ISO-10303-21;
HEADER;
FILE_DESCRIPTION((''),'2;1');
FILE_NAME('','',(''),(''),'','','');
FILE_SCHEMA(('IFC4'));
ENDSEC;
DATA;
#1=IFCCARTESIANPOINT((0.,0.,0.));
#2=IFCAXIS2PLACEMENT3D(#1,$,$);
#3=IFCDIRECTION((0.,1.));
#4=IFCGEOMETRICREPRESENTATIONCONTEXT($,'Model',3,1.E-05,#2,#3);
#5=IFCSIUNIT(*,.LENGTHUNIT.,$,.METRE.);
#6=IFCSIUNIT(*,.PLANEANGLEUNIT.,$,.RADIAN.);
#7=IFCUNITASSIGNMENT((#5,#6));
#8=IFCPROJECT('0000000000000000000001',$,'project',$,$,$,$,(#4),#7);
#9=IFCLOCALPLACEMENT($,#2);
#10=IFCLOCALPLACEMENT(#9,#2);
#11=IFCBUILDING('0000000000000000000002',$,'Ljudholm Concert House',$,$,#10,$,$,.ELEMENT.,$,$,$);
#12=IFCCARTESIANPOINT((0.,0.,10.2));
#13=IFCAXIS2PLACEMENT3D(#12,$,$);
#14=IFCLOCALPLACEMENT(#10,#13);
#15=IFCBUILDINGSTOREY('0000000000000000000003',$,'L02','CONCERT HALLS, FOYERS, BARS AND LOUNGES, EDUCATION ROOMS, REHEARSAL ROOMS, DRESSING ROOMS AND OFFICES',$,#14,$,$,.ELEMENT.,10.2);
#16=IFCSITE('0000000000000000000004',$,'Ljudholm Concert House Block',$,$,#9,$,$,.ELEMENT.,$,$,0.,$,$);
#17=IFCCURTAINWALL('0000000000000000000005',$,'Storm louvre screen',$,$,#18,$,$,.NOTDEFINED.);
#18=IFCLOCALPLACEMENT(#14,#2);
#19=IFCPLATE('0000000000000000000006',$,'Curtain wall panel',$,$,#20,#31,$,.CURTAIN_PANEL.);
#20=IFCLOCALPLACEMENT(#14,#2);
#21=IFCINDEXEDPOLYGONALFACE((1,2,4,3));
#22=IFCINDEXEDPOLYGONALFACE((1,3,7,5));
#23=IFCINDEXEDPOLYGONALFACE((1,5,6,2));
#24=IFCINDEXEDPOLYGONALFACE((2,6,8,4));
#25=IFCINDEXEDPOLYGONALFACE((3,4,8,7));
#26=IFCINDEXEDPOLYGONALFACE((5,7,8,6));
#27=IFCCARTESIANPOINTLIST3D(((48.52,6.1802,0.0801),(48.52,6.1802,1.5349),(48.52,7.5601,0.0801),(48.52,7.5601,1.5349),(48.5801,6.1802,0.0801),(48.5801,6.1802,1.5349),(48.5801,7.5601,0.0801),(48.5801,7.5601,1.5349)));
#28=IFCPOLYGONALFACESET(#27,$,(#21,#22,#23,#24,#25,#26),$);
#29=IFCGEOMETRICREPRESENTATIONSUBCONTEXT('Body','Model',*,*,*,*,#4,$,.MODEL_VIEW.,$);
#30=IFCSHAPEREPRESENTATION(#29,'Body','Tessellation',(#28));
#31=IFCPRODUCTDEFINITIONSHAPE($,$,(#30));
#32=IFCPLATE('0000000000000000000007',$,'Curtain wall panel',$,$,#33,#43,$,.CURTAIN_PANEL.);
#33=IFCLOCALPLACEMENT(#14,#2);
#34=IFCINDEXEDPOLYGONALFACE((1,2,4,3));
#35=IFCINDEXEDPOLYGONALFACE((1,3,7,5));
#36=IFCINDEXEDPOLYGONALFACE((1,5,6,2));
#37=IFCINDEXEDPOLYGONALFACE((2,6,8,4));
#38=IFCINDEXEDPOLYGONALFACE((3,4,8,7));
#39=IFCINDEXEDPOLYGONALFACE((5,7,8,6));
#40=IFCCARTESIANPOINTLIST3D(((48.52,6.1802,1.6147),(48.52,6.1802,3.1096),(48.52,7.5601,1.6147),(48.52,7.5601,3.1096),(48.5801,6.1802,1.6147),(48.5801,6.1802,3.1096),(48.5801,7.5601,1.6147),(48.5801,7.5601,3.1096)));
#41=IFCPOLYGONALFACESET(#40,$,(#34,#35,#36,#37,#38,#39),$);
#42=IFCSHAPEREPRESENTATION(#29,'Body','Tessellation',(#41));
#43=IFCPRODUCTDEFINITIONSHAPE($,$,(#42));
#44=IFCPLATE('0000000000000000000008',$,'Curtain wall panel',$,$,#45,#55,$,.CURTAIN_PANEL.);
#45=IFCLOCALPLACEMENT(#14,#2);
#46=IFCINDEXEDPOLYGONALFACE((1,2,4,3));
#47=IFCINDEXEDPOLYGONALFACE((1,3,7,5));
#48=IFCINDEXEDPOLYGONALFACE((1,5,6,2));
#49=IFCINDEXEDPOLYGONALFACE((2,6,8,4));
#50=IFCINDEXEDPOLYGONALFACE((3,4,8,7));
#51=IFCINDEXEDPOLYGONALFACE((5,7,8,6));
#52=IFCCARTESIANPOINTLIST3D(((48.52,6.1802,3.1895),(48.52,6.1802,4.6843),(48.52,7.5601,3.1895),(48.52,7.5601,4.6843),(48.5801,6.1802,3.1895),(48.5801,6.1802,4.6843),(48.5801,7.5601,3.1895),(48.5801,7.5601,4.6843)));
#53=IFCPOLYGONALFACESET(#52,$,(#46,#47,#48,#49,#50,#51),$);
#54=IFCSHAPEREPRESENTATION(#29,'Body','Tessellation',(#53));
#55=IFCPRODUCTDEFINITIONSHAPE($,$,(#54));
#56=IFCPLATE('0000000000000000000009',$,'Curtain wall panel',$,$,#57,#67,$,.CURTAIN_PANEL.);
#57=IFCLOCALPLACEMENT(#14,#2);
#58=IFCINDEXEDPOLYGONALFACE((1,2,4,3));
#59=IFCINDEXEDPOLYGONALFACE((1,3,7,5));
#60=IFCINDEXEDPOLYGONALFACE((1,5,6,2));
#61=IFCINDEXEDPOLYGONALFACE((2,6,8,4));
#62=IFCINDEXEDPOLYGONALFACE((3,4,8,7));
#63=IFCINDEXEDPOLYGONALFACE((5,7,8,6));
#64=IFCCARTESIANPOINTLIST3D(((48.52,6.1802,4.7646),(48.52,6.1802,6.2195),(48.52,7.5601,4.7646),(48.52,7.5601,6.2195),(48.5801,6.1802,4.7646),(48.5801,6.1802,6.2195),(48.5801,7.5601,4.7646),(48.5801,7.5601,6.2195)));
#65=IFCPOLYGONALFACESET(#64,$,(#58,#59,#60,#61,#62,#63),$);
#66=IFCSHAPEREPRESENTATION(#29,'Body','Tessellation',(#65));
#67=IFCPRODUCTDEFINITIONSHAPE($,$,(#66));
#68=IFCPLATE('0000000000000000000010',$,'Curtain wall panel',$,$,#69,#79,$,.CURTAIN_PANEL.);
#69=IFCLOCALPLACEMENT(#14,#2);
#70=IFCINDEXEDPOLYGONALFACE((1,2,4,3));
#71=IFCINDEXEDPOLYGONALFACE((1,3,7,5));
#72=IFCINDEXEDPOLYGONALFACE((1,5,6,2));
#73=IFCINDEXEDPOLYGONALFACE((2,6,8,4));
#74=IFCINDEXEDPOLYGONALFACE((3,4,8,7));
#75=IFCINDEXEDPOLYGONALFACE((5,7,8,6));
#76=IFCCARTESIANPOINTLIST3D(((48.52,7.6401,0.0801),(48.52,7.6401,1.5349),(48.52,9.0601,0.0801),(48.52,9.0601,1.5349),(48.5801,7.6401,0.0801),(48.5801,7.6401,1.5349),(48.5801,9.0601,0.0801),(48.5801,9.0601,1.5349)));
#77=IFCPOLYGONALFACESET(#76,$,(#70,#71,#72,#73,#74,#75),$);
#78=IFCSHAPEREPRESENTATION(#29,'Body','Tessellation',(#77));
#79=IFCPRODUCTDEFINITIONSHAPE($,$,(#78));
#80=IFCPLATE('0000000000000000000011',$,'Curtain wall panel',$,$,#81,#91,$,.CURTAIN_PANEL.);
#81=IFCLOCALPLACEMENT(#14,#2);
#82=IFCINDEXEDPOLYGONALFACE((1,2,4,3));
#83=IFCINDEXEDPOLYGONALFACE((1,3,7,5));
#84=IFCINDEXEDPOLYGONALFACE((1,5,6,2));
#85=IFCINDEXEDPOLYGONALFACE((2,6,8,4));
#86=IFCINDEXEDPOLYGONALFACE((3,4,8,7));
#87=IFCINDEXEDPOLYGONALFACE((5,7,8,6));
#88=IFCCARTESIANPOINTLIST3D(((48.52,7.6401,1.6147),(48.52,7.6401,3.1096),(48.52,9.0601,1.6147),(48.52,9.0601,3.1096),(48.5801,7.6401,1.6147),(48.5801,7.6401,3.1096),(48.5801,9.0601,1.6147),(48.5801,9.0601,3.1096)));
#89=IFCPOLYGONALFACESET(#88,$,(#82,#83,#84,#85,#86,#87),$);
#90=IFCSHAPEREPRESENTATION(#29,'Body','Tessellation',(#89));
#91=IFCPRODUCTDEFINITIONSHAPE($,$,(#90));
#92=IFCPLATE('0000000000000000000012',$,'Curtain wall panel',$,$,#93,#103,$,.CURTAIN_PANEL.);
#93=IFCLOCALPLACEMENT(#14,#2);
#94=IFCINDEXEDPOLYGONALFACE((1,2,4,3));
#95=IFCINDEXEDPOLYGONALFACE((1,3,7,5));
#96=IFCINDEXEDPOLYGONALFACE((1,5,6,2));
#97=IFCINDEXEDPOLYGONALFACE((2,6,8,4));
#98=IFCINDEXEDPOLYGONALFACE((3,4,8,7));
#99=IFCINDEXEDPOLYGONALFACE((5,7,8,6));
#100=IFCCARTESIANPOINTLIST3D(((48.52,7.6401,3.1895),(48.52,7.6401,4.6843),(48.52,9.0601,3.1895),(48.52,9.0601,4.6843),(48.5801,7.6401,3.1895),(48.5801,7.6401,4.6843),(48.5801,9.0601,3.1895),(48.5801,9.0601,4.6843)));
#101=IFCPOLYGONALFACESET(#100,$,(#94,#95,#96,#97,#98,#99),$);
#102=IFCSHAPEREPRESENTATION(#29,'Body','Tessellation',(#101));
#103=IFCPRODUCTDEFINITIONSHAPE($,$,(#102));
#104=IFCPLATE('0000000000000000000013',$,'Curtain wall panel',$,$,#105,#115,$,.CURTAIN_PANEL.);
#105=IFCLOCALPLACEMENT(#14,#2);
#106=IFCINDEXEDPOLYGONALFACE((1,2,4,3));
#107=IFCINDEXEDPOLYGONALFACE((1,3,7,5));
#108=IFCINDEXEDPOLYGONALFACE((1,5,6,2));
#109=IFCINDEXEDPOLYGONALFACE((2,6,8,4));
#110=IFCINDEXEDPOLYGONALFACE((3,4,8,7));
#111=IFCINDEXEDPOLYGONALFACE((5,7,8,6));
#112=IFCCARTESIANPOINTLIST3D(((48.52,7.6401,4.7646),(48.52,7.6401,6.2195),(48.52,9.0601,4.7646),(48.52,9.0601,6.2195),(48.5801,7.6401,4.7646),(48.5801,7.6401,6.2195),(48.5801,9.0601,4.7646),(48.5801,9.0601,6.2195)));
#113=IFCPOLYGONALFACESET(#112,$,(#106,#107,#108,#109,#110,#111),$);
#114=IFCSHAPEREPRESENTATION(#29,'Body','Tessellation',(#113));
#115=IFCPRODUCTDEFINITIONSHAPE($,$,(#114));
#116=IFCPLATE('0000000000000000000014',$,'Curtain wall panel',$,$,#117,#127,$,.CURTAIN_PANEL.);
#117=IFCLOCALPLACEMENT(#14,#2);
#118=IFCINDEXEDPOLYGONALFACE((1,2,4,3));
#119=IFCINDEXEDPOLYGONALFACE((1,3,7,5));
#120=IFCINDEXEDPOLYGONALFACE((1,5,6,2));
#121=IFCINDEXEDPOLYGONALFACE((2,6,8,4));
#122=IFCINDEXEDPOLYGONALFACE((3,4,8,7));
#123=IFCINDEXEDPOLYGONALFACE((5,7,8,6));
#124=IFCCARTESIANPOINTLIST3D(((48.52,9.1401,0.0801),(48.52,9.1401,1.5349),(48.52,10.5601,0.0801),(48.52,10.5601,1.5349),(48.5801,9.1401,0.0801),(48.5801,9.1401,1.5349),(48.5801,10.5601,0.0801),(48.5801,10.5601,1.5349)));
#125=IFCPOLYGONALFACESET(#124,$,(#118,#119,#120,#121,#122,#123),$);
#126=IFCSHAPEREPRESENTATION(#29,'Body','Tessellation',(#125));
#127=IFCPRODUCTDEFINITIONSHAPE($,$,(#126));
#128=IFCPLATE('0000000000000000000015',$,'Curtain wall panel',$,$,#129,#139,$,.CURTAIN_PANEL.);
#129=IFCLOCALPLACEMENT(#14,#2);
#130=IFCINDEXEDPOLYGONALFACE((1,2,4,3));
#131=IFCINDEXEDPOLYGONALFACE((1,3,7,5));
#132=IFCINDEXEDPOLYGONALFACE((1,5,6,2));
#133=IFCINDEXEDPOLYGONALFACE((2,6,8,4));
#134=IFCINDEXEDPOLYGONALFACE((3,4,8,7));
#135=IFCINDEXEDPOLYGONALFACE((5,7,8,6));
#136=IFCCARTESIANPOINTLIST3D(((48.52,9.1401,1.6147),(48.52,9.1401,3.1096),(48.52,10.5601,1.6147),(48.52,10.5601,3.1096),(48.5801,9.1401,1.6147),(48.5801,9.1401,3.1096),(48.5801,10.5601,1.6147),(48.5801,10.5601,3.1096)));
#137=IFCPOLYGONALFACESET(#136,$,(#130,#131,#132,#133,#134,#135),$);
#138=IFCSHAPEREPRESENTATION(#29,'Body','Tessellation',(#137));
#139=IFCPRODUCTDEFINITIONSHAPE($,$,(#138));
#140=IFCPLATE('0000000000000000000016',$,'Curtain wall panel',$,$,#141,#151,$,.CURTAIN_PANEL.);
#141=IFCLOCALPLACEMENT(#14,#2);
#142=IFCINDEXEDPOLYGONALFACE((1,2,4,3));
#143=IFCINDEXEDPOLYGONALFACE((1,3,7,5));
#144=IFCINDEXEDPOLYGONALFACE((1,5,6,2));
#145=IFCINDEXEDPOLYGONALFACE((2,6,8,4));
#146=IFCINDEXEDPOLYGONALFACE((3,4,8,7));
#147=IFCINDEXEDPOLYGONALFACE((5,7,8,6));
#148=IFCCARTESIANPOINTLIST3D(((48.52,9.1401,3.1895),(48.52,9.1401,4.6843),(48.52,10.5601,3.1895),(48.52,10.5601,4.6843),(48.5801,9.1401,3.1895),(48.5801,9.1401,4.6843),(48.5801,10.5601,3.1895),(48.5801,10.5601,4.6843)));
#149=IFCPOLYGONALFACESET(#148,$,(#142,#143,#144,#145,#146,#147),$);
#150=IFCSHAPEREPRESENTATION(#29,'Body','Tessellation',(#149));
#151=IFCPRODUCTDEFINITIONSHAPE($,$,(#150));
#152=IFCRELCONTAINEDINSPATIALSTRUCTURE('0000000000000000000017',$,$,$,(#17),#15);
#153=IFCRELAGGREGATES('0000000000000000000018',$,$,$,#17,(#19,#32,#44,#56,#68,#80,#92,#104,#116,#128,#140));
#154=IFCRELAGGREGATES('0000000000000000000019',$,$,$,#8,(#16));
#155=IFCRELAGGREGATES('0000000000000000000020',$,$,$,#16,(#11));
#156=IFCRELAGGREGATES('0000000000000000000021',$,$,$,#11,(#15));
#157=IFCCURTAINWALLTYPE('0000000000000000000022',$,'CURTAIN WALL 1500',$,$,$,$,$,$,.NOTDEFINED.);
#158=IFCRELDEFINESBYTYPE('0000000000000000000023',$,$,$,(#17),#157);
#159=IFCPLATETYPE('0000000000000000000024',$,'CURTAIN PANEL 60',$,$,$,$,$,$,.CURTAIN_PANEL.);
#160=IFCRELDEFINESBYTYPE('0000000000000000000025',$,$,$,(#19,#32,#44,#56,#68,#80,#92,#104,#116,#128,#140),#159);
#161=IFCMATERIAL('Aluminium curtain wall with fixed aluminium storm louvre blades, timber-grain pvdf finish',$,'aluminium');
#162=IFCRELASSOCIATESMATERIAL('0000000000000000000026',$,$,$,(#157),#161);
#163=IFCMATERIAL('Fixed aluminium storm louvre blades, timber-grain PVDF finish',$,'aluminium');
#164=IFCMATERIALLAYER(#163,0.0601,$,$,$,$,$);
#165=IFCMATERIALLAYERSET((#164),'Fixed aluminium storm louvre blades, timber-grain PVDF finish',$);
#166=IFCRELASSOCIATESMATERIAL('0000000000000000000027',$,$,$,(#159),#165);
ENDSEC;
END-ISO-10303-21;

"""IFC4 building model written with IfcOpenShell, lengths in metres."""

from ifc_helpers import new_model, si_unit, direction, frame, origin, origin_2d, place, context, subcontext, project, spatial, rectangle, extrude, material, layer, layer_set, type_object, element, aggregate, save


model = new_model("IFC4")

# Units and contexts
model_context = context("Model", 3, precision=1e-05, world=origin(), true_north=direction((0.0, 1.0)))
body_context = subcontext(model_context, "Body", "Model", "MODEL_VIEW")
ifc_project = project(units=[si_unit("LENGTHUNIT", "METRE"), si_unit("PLANEANGLEUNIT", "RADIAN")], contexts=[model_context])

# Site, building, storey
site_placement = place(None, origin())
site = spatial("IfcSite", under=ifc_project, at=site_placement, Name="Ljudholm Concert House Block", CompositionType="ELEMENT", RefElevation=0.0)
building_placement = place(site_placement, origin())
building = spatial("IfcBuilding", under=site, at=building_placement, Name="Ljudholm Concert House", CompositionType="ELEMENT")
storey_placement = place(building_placement, frame((0.0, 0.0, 10.2)))
storey = spatial("IfcBuildingStorey", under=building, at=storey_placement, Name="L02", Description="CONCERT HALLS, FOYERS, BARS AND LOUNGES, EDUCATION ROOMS, REHEARSAL ROOMS, DRESSING ROOMS AND OFFICES", CompositionType="ELEMENT", Elevation=10.2)

# Curtain wall, plates
ifc_material_1 = material(Name="Aluminium curtain wall with fixed aluminium storm louvre blades, timber-grain pvdf finish", Category="aluminium")
curtain_wall_type = type_object("IfcCurtainWallType", Name="CURTAIN WALL 1500", PredefinedType="NOTDEFINED", material=ifc_material_1)
curtain_wall_placement = place(storey_placement, origin())
curtain_wall = element("IfcCurtainWall", 1, at=curtain_wall_placement, inside=storey, type_object=curtain_wall_type, Name="Storm louvre screen", PredefinedType="NOTDEFINED")
ifc_material_2 = material(Name="Fixed aluminium storm louvre blades, timber-grain PVDF finish", Category="aluminium")
ifc_layer = layer(ifc_material_2, 0.0601)
ifc_layer_set = layer_set([ifc_layer], Name="Fixed aluminium storm louvre blades, timber-grain PVDF finish")
plate_type = type_object("IfcPlateType", Name="CURTAIN PANEL 60", PredefinedType="CURTAIN_PANEL", material=ifc_layer_set)
plate_1_placement = place(storey_placement, frame((48.55, 6.8701, 0.0801), z_axis=(0.0, 0.0, 1.0), x_axis=(0.0, 1.0, 0.0)))
plate_1 = element("IfcPlate", 2, at=plate_1_placement, type_object=plate_type, Name="Curtain wall panel", PredefinedType="CURTAIN_PANEL", context=body_context, shape_type="SweptSolid", body=[
    extrude(rectangle(XDim=1.3799, YDim=0.0601, at=origin_2d()), origin(), (0.0, 0.0, 1.0), 1.4548),
])
plate_2_placement = place(storey_placement, frame((48.55, 6.8701, 1.6147), z_axis=(0.0, 0.0, 1.0), x_axis=(0.0, 1.0, 0.0)))
plate_2 = element("IfcPlate", 3, at=plate_2_placement, type_object=plate_type, Name="Curtain wall panel", PredefinedType="CURTAIN_PANEL", context=body_context, shape_type="SweptSolid", body=[
    extrude(rectangle(XDim=1.3799, YDim=0.0601, at=origin_2d()), origin(), (0.0, 0.0, 1.0), 1.4949),
])
plate_3_placement = place(storey_placement, frame((48.55, 6.8701, 3.1895), z_axis=(0.0, 0.0, 1.0), x_axis=(0.0, 1.0, 0.0)))
plate_3 = element("IfcPlate", 4, at=plate_3_placement, type_object=plate_type, Name="Curtain wall panel", PredefinedType="CURTAIN_PANEL", context=body_context, shape_type="SweptSolid", body=[
    extrude(rectangle(XDim=1.3799, YDim=0.0601, at=origin_2d()), origin(), (0.0, 0.0, 1.0), 1.4949),
])
plate_4_placement = place(storey_placement, frame((48.55, 6.8701, 4.7646), z_axis=(0.0, 0.0, 1.0), x_axis=(0.0, 1.0, 0.0)))
plate_4 = element("IfcPlate", 5, at=plate_4_placement, type_object=plate_type, Name="Curtain wall panel", PredefinedType="CURTAIN_PANEL", context=body_context, shape_type="SweptSolid", body=[
    extrude(rectangle(XDim=1.3799, YDim=0.0601, at=origin_2d()), origin(), (0.0, 0.0, 1.0), 1.4548),
])
plate_5_placement = place(storey_placement, frame((48.55, 8.3501, 0.0801), z_axis=(0.0, 0.0, 1.0), x_axis=(0.0, 1.0, 0.0)))
plate_5 = element("IfcPlate", 6, at=plate_5_placement, type_object=plate_type, Name="Curtain wall panel", PredefinedType="CURTAIN_PANEL", context=body_context, shape_type="SweptSolid", body=[
    extrude(rectangle(XDim=1.4199, YDim=0.0601, at=origin_2d()), origin(), (0.0, 0.0, 1.0), 1.4548),
])
plate_6_placement = place(storey_placement, frame((48.55, 8.3501, 1.6147), z_axis=(0.0, 0.0, 1.0), x_axis=(0.0, 1.0, 0.0)))
plate_6 = element("IfcPlate", 7, at=plate_6_placement, type_object=plate_type, Name="Curtain wall panel", PredefinedType="CURTAIN_PANEL", context=body_context, shape_type="SweptSolid", body=[
    extrude(rectangle(XDim=1.4199, YDim=0.0601, at=origin_2d()), origin(), (0.0, 0.0, 1.0), 1.4949),
])
plate_7_placement = place(storey_placement, frame((48.55, 8.3501, 3.1895), z_axis=(0.0, 0.0, 1.0), x_axis=(0.0, 1.0, 0.0)))
plate_7 = element("IfcPlate", 8, at=plate_7_placement, type_object=plate_type, Name="Curtain wall panel", PredefinedType="CURTAIN_PANEL", context=body_context, shape_type="SweptSolid", body=[
    extrude(rectangle(XDim=1.4199, YDim=0.0601, at=origin_2d()), origin(), (0.0, 0.0, 1.0), 1.4949),
])
plate_8_placement = place(storey_placement, frame((48.55, 8.3501, 4.7646), z_axis=(0.0, 0.0, 1.0), x_axis=(0.0, 1.0, 0.0)))
plate_8 = element("IfcPlate", 9, at=plate_8_placement, type_object=plate_type, Name="Curtain wall panel", PredefinedType="CURTAIN_PANEL", context=body_context, shape_type="SweptSolid", body=[
    extrude(rectangle(XDim=1.4199, YDim=0.0601, at=origin_2d()), origin(), (0.0, 0.0, 1.0), 1.4548),
])
plate_9_placement = place(storey_placement, frame((48.55, 9.8501, 0.0801), z_axis=(0.0, 0.0, 1.0), x_axis=(0.0, 1.0, 0.0)))
plate_9 = element("IfcPlate", 10, at=plate_9_placement, type_object=plate_type, Name="Curtain wall panel", PredefinedType="CURTAIN_PANEL", context=body_context, shape_type="SweptSolid", body=[
    extrude(rectangle(XDim=1.4199, YDim=0.0601, at=origin_2d()), origin(), (0.0, 0.0, 1.0), 1.4548),
])
plate_10_placement = place(storey_placement, frame((48.55, 9.8501, 1.6147), z_axis=(0.0, 0.0, 1.0), x_axis=(0.0, 1.0, 0.0)))
plate_10 = element("IfcPlate", 11, at=plate_10_placement, type_object=plate_type, Name="Curtain wall panel", PredefinedType="CURTAIN_PANEL", context=body_context, shape_type="SweptSolid", body=[
    extrude(rectangle(XDim=1.4199, YDim=0.0601, at=origin_2d()), origin(), (0.0, 0.0, 1.0), 1.4949),
])
plate_11_placement = place(storey_placement, frame((48.55, 9.8501, 3.1895), z_axis=(0.0, 0.0, 1.0), x_axis=(0.0, 1.0, 0.0)))
plate_11 = element("IfcPlate", 12, at=plate_11_placement, type_object=plate_type, Name="Curtain wall panel", PredefinedType="CURTAIN_PANEL", context=body_context, shape_type="SweptSolid", body=[
    extrude(rectangle(XDim=1.4199, YDim=0.0601, at=origin_2d()), origin(), (0.0, 0.0, 1.0), 1.4949),
])
aggregate(curtain_wall, [plate_1, plate_2, plate_3, plate_4, plate_5, plate_6, plate_7, plate_8, plate_9, plate_10, plate_11])

save(model, "model.ifc")
